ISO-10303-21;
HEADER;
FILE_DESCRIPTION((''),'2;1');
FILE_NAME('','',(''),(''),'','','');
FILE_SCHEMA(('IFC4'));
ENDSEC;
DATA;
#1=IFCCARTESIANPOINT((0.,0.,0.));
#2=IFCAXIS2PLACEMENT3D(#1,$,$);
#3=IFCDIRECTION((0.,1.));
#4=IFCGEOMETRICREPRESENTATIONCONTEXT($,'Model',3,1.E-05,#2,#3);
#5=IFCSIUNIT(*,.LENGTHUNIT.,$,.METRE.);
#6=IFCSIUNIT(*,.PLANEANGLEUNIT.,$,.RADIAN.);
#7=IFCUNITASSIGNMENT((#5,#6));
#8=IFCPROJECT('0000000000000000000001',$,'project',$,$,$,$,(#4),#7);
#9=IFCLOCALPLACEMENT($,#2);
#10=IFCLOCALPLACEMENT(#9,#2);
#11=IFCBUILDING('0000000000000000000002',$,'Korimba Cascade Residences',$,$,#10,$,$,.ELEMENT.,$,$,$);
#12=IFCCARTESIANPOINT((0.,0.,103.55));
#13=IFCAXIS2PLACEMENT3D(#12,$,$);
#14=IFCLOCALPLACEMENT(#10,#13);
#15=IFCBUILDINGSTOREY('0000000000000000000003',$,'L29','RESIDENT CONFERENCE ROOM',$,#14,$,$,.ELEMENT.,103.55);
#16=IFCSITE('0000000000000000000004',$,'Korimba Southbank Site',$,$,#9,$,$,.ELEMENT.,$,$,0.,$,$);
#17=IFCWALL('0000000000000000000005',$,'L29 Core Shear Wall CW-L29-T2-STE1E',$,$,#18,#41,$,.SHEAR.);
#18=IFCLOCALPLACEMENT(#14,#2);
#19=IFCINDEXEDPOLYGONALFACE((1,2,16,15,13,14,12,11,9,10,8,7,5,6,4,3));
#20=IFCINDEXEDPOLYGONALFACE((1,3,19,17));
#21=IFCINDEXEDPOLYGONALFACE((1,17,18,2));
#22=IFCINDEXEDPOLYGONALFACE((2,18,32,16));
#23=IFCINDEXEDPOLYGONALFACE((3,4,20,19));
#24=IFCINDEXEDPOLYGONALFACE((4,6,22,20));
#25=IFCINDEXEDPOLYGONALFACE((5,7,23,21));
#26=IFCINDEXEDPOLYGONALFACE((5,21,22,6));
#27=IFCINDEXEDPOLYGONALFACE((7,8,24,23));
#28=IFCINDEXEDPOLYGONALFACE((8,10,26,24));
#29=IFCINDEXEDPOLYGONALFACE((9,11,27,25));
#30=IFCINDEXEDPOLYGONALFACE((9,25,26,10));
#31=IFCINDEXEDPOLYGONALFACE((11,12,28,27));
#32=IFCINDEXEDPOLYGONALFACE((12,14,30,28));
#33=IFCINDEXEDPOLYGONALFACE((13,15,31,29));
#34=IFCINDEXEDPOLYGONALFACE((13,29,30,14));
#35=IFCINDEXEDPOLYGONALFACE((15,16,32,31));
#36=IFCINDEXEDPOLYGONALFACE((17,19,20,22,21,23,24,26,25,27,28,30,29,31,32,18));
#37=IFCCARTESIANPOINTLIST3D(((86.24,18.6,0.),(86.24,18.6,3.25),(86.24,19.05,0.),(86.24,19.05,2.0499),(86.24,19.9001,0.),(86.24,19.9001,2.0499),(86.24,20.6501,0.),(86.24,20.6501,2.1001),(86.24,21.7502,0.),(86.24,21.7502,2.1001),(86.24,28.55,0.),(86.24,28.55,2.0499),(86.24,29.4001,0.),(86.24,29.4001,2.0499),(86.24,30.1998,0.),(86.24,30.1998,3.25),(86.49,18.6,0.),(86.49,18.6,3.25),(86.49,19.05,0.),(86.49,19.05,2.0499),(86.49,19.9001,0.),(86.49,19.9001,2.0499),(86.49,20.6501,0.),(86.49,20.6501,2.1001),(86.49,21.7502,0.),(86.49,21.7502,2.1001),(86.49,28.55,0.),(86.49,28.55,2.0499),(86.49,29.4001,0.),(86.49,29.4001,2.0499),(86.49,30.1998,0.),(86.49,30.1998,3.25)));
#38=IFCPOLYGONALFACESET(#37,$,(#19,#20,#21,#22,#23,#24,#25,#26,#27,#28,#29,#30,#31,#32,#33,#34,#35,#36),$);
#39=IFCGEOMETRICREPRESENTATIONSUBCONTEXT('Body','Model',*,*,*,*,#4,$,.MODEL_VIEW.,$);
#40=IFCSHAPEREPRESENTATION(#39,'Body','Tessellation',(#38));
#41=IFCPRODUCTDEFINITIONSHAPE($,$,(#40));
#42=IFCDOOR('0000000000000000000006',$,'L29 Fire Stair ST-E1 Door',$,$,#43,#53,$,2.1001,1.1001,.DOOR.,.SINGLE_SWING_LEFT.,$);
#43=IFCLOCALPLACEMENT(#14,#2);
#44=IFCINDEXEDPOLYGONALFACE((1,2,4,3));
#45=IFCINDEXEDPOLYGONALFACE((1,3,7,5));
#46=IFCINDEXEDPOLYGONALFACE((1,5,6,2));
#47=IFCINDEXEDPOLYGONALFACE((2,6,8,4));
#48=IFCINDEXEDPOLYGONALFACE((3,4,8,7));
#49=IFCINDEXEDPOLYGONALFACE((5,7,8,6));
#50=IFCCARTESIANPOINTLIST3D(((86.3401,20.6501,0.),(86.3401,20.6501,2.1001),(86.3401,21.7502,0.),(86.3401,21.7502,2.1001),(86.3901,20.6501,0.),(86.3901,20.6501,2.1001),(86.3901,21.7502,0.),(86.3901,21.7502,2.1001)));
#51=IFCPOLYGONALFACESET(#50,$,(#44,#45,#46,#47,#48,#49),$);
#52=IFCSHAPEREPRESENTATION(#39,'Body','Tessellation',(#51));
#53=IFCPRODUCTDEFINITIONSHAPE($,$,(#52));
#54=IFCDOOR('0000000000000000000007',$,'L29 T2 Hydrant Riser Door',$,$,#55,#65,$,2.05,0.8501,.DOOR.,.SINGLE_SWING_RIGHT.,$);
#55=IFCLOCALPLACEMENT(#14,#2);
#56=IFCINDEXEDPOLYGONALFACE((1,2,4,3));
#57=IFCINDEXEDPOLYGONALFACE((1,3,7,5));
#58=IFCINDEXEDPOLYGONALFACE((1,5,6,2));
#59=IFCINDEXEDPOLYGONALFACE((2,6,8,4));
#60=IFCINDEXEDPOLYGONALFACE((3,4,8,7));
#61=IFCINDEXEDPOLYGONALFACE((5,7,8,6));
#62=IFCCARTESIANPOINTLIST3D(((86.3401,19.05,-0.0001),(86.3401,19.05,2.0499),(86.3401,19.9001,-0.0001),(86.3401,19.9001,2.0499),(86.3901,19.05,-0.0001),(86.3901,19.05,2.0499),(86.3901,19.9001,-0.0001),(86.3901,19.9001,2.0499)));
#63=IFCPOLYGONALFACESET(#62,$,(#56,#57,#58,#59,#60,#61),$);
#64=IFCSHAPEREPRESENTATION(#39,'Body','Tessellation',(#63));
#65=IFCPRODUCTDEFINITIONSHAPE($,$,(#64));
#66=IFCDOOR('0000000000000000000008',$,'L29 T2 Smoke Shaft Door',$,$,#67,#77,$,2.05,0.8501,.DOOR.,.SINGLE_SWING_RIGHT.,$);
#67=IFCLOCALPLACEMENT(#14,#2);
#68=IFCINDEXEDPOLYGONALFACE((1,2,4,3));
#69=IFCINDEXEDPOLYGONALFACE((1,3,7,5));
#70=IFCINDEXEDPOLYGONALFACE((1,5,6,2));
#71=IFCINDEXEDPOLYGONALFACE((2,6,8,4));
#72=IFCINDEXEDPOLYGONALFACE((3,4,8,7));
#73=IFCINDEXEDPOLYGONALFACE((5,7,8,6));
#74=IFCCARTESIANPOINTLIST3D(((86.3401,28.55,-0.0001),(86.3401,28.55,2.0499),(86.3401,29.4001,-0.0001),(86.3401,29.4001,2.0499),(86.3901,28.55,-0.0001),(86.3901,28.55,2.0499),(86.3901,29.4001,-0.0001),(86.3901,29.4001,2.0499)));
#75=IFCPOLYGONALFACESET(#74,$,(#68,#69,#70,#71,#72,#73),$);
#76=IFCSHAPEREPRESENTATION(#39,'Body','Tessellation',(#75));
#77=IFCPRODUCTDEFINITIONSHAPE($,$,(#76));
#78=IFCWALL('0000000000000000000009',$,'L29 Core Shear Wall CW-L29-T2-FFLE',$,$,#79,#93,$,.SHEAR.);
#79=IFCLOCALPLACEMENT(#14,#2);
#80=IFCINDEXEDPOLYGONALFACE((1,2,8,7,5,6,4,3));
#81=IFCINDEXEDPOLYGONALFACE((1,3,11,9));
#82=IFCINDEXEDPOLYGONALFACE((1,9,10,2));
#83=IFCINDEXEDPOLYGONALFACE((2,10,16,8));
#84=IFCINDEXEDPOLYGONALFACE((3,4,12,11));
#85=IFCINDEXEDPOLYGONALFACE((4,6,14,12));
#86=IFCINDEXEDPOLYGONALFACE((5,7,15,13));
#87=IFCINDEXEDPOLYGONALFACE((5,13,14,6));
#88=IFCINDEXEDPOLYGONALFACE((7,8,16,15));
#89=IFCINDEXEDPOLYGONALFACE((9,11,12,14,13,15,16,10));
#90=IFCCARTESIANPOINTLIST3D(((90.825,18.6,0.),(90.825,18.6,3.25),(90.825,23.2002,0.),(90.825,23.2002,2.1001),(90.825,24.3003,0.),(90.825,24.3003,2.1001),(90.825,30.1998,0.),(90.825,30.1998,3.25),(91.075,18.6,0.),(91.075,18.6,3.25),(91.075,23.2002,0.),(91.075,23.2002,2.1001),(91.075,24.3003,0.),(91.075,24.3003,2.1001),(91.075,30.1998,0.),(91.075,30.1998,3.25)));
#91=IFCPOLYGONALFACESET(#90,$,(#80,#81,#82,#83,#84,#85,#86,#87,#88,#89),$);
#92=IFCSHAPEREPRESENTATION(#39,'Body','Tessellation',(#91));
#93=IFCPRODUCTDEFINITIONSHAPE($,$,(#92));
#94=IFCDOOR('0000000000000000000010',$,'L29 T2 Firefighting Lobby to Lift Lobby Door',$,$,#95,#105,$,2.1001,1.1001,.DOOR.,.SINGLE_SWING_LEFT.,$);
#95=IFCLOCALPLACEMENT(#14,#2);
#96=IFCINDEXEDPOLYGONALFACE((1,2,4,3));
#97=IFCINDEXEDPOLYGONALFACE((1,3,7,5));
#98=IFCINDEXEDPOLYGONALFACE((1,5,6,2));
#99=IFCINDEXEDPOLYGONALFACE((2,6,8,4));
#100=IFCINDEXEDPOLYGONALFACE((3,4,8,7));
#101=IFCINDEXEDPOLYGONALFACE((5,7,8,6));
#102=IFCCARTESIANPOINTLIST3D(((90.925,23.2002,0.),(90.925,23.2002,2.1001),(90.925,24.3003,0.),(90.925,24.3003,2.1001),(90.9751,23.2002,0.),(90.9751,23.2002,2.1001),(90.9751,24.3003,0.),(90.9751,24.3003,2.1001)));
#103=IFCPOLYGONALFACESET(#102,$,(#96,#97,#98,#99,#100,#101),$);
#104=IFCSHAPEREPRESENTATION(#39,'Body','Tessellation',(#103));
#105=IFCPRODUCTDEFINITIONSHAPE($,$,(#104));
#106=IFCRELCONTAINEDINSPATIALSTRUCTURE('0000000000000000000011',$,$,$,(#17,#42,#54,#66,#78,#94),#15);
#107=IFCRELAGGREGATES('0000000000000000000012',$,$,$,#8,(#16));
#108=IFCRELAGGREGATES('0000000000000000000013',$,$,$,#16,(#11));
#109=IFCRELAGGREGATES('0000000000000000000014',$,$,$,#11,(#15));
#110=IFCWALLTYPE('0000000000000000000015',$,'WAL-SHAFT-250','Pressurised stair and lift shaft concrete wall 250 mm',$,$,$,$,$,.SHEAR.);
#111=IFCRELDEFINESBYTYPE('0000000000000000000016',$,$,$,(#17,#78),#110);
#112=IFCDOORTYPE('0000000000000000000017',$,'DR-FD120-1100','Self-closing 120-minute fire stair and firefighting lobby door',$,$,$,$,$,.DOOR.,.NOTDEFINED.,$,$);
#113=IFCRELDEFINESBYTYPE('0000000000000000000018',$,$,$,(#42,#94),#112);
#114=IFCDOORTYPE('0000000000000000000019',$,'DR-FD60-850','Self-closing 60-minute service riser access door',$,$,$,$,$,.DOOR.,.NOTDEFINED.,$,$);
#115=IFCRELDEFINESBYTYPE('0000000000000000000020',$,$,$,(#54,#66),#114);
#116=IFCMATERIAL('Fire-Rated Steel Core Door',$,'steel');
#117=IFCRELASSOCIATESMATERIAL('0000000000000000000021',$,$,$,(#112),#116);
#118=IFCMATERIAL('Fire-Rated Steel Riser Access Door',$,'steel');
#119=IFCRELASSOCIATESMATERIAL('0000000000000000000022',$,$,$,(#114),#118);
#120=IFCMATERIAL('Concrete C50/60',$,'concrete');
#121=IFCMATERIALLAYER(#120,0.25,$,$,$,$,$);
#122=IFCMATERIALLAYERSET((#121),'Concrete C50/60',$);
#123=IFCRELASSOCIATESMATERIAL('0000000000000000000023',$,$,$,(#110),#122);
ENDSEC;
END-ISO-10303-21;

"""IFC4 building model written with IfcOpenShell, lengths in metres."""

from ifc_helpers import new_model, si_unit, direction, frame, frame_2d, origin, place, context, subcontext, project, spatial, rectangle, extrude, material, layer, layer_set, type_object, element, fill, save


model = new_model("IFC4")

# Units and contexts
model_context = context("Model", 3, precision=1e-05, world=origin(), true_north=direction((0.0, 1.0)))
body_context = subcontext(model_context, "Body", "Model", "MODEL_VIEW")
ifc_project = project(units=[si_unit("LENGTHUNIT", "METRE"), si_unit("PLANEANGLEUNIT", "RADIAN")], contexts=[model_context])

# Site, building, storey
site_placement = place(None, origin())
site = spatial("IfcSite", under=ifc_project, at=site_placement, Name="Korimba Southbank Site", CompositionType="ELEMENT", RefElevation=0.0)
building_placement = place(site_placement, origin())
building = spatial("IfcBuilding", under=site, at=building_placement, Name="Korimba Cascade Residences", CompositionType="ELEMENT")
storey_placement = place(building_placement, frame((0.0, 0.0, 103.55)))
storey = spatial("IfcBuildingStorey", under=building, at=storey_placement, Name="L29", Description="RESIDENT CONFERENCE ROOM", CompositionType="ELEMENT", Elevation=103.55)

# Shared definitions
ifc_material_1 = material(Name="Fire-Rated Steel Core Door", Category="steel")
door_type_1 = type_object("IfcDoorType", Name="DR-FD120-1100", Description="Self-closing 120-minute fire stair and firefighting lobby door", OperationType="NOTDEFINED", PredefinedType="DOOR", material=ifc_material_1)

# Wall, openings, doors
ifc_material_2 = material(Name="Fire-Rated Steel Riser Access Door", Category="steel")
door_type_2 = type_object("IfcDoorType", Name="DR-FD60-850", Description="Self-closing 60-minute service riser access door", OperationType="NOTDEFINED", PredefinedType="DOOR", material=ifc_material_2)
ifc_material_3 = material(Name="Concrete C50/60", Category="concrete")
ifc_layer_1 = layer(ifc_material_3, 0.25)
ifc_layer_set_1 = layer_set([ifc_layer_1], Name="Concrete C50/60")
wall_type_1 = type_object("IfcWallType", Name="WAL-SHAFT-250", Description="Pressurised stair and lift shaft concrete wall 250 mm", PredefinedType="SHEAR", material=ifc_layer_set_1)
wall_1_placement = place(storey_placement, frame((86.365, 18.6001, 0.0), z_axis=(0.0, 0.0, 1.0), x_axis=(0.0, 1.0, 0.0)))
wall_1 = element("IfcWall", 1, at=wall_1_placement, inside=storey, type_object=wall_type_1, Name="L29 Core Shear Wall CW-L29-T2-STE1E", PredefinedType="SHEAR", context=body_context, shape_type="SweptSolid", body=[
    extrude(rectangle(XDim=11.5999, YDim=0.25, at=frame_2d((5.7998, 0.0))), origin(), (0.0, 0.0, 1.0), 3.25),
])
opening_1_placement = place(wall_1_placement, frame((0.45, 0.0, 0.0)))
opening_1 = element("IfcOpeningElement", 2, at=opening_1_placement, cuts=wall_1, PredefinedType="OPENING", context=body_context, shape_type="SweptSolid", body=[
    extrude(rectangle(XDim=0.8501, YDim=2.05, at=frame_2d((0.425, 1.0249))), frame((0.0, 0.135, 0.0), z_axis=(0.0, -1.0, 0.0), x_axis=(1.0, 0.0, 0.0)), (0.0, 0.0, 1.0), 0.27),
])
opening_2_placement = place(wall_1_placement, frame((2.05, 0.0, 0.0)))
opening_2 = element("IfcOpeningElement", 3, at=opening_2_placement, cuts=wall_1, PredefinedType="OPENING", context=body_context, shape_type="SweptSolid", body=[
    extrude(rectangle(XDim=1.1001, YDim=2.1001, at=frame_2d((0.55, 1.05))), frame((0.0, 0.135, 0.0), z_axis=(0.0, -1.0, 0.0), x_axis=(1.0, 0.0, 0.0)), (0.0, 0.0, 1.0), 0.27),
])
opening_3_placement = place(wall_1_placement, frame((9.95, 0.0, 0.0)))
opening_3 = element("IfcOpeningElement", 4, at=opening_3_placement, cuts=wall_1, PredefinedType="OPENING", context=body_context, shape_type="SweptSolid", body=[
    extrude(rectangle(XDim=0.8501, YDim=2.05, at=frame_2d((0.425, 1.0249))), frame((0.0, 0.135, 0.0), z_axis=(0.0, -1.0, 0.0), x_axis=(1.0, 0.0, 0.0)), (0.0, 0.0, 1.0), 0.27),
])
door_1_placement = place(opening_2_placement, origin())
door_1 = element("IfcDoor", 5, at=door_1_placement, inside=storey, type_object=door_type_1, Name="L29 Fire Stair ST-E1 Door", OperationType="SINGLE_SWING_LEFT", OverallHeight=2.1001, OverallWidth=1.1001, PredefinedType="DOOR", context=body_context, shape_type="SweptSolid", body=[
    extrude(rectangle(XDim=1.1001, YDim=2.1001, at=frame_2d((0.55, 1.05))), frame((0.0, 0.0249, 0.0), z_axis=(0.0, -1.0, 0.0), x_axis=(1.0, 0.0, 0.0)), (0.0, 0.0, 1.0), 0.05),
])
fill(opening_2, door_1)
door_2_placement = place(opening_1_placement, origin())
door_2 = element("IfcDoor", 6, at=door_2_placement, inside=storey, type_object=door_type_2, Name="L29 T2 Hydrant Riser Door", OperationType="SINGLE_SWING_RIGHT", OverallHeight=2.05, OverallWidth=0.8501, PredefinedType="DOOR", context=body_context, shape_type="SweptSolid", body=[
    extrude(rectangle(XDim=0.8501, YDim=2.05, at=frame_2d((0.425, 1.0249))), frame((0.0, 0.0249, 0.0), z_axis=(0.0, -1.0, 0.0), x_axis=(1.0, 0.0, 0.0)), (0.0, 0.0, 1.0), 0.05),
])
fill(opening_1, door_2)
door_3_placement = place(opening_3_placement, origin())
door_3 = element("IfcDoor", 7, at=door_3_placement, inside=storey, type_object=door_type_2, Name="L29 T2 Smoke Shaft Door", OperationType="SINGLE_SWING_RIGHT", OverallHeight=2.05, OverallWidth=0.8501, PredefinedType="DOOR", context=body_context, shape_type="SweptSolid", body=[
    extrude(rectangle(XDim=0.8501, YDim=2.05, at=frame_2d((0.425, 1.0249))), frame((0.0, 0.0249, 0.0), z_axis=(0.0, -1.0, 0.0), x_axis=(1.0, 0.0, 0.0)), (0.0, 0.0, 1.0), 0.05),
])
fill(opening_3, door_3)

# Wall, opening, door
wall_2_placement = place(storey_placement, frame((90.95, 18.6001, 0.0), z_axis=(0.0, 0.0, 1.0), x_axis=(0.0, 1.0, 0.0)))
wall_2 = element("IfcWall", 8, at=wall_2_placement, inside=storey, type_object=wall_type_1, Name="L29 Core Shear Wall CW-L29-T2-FFLE", PredefinedType="SHEAR", context=body_context, shape_type="SweptSolid", body=[
    extrude(rectangle(XDim=11.5999, YDim=0.25, at=frame_2d((5.7998, 0.0))), origin(), (0.0, 0.0, 1.0), 3.25),
])
opening_4_placement = place(wall_2_placement, frame((4.6001, 0.0, 0.0)))
opening_4 = element("IfcOpeningElement", 9, at=opening_4_placement, cuts=wall_2, PredefinedType="OPENING", context=body_context, shape_type="SweptSolid", body=[
    extrude(rectangle(XDim=1.1001, YDim=2.1001, at=frame_2d((0.55, 1.05))), frame((0.0, 0.135, 0.0), z_axis=(0.0, -1.0, 0.0), x_axis=(1.0, 0.0, 0.0)), (0.0, 0.0, 1.0), 0.27),
])
door_4_placement = place(opening_4_placement, origin())
door_4 = element("IfcDoor", 10, at=door_4_placement, inside=storey, type_object=door_type_1, Name="L29 T2 Firefighting Lobby to Lift Lobby Door", OperationType="SINGLE_SWING_LEFT", OverallHeight=2.1001, OverallWidth=1.1001, PredefinedType="DOOR", context=body_context, shape_type="SweptSolid", body=[
    extrude(rectangle(XDim=1.1001, YDim=2.1001, at=frame_2d((0.55, 1.05))), frame((0.0, 0.0249, 0.0), z_axis=(0.0, -1.0, 0.0), x_axis=(1.0, 0.0, 0.0)), (0.0, 0.0, 1.0), 0.05),
])
fill(opening_4, door_4)

save(model, "model.ifc")
